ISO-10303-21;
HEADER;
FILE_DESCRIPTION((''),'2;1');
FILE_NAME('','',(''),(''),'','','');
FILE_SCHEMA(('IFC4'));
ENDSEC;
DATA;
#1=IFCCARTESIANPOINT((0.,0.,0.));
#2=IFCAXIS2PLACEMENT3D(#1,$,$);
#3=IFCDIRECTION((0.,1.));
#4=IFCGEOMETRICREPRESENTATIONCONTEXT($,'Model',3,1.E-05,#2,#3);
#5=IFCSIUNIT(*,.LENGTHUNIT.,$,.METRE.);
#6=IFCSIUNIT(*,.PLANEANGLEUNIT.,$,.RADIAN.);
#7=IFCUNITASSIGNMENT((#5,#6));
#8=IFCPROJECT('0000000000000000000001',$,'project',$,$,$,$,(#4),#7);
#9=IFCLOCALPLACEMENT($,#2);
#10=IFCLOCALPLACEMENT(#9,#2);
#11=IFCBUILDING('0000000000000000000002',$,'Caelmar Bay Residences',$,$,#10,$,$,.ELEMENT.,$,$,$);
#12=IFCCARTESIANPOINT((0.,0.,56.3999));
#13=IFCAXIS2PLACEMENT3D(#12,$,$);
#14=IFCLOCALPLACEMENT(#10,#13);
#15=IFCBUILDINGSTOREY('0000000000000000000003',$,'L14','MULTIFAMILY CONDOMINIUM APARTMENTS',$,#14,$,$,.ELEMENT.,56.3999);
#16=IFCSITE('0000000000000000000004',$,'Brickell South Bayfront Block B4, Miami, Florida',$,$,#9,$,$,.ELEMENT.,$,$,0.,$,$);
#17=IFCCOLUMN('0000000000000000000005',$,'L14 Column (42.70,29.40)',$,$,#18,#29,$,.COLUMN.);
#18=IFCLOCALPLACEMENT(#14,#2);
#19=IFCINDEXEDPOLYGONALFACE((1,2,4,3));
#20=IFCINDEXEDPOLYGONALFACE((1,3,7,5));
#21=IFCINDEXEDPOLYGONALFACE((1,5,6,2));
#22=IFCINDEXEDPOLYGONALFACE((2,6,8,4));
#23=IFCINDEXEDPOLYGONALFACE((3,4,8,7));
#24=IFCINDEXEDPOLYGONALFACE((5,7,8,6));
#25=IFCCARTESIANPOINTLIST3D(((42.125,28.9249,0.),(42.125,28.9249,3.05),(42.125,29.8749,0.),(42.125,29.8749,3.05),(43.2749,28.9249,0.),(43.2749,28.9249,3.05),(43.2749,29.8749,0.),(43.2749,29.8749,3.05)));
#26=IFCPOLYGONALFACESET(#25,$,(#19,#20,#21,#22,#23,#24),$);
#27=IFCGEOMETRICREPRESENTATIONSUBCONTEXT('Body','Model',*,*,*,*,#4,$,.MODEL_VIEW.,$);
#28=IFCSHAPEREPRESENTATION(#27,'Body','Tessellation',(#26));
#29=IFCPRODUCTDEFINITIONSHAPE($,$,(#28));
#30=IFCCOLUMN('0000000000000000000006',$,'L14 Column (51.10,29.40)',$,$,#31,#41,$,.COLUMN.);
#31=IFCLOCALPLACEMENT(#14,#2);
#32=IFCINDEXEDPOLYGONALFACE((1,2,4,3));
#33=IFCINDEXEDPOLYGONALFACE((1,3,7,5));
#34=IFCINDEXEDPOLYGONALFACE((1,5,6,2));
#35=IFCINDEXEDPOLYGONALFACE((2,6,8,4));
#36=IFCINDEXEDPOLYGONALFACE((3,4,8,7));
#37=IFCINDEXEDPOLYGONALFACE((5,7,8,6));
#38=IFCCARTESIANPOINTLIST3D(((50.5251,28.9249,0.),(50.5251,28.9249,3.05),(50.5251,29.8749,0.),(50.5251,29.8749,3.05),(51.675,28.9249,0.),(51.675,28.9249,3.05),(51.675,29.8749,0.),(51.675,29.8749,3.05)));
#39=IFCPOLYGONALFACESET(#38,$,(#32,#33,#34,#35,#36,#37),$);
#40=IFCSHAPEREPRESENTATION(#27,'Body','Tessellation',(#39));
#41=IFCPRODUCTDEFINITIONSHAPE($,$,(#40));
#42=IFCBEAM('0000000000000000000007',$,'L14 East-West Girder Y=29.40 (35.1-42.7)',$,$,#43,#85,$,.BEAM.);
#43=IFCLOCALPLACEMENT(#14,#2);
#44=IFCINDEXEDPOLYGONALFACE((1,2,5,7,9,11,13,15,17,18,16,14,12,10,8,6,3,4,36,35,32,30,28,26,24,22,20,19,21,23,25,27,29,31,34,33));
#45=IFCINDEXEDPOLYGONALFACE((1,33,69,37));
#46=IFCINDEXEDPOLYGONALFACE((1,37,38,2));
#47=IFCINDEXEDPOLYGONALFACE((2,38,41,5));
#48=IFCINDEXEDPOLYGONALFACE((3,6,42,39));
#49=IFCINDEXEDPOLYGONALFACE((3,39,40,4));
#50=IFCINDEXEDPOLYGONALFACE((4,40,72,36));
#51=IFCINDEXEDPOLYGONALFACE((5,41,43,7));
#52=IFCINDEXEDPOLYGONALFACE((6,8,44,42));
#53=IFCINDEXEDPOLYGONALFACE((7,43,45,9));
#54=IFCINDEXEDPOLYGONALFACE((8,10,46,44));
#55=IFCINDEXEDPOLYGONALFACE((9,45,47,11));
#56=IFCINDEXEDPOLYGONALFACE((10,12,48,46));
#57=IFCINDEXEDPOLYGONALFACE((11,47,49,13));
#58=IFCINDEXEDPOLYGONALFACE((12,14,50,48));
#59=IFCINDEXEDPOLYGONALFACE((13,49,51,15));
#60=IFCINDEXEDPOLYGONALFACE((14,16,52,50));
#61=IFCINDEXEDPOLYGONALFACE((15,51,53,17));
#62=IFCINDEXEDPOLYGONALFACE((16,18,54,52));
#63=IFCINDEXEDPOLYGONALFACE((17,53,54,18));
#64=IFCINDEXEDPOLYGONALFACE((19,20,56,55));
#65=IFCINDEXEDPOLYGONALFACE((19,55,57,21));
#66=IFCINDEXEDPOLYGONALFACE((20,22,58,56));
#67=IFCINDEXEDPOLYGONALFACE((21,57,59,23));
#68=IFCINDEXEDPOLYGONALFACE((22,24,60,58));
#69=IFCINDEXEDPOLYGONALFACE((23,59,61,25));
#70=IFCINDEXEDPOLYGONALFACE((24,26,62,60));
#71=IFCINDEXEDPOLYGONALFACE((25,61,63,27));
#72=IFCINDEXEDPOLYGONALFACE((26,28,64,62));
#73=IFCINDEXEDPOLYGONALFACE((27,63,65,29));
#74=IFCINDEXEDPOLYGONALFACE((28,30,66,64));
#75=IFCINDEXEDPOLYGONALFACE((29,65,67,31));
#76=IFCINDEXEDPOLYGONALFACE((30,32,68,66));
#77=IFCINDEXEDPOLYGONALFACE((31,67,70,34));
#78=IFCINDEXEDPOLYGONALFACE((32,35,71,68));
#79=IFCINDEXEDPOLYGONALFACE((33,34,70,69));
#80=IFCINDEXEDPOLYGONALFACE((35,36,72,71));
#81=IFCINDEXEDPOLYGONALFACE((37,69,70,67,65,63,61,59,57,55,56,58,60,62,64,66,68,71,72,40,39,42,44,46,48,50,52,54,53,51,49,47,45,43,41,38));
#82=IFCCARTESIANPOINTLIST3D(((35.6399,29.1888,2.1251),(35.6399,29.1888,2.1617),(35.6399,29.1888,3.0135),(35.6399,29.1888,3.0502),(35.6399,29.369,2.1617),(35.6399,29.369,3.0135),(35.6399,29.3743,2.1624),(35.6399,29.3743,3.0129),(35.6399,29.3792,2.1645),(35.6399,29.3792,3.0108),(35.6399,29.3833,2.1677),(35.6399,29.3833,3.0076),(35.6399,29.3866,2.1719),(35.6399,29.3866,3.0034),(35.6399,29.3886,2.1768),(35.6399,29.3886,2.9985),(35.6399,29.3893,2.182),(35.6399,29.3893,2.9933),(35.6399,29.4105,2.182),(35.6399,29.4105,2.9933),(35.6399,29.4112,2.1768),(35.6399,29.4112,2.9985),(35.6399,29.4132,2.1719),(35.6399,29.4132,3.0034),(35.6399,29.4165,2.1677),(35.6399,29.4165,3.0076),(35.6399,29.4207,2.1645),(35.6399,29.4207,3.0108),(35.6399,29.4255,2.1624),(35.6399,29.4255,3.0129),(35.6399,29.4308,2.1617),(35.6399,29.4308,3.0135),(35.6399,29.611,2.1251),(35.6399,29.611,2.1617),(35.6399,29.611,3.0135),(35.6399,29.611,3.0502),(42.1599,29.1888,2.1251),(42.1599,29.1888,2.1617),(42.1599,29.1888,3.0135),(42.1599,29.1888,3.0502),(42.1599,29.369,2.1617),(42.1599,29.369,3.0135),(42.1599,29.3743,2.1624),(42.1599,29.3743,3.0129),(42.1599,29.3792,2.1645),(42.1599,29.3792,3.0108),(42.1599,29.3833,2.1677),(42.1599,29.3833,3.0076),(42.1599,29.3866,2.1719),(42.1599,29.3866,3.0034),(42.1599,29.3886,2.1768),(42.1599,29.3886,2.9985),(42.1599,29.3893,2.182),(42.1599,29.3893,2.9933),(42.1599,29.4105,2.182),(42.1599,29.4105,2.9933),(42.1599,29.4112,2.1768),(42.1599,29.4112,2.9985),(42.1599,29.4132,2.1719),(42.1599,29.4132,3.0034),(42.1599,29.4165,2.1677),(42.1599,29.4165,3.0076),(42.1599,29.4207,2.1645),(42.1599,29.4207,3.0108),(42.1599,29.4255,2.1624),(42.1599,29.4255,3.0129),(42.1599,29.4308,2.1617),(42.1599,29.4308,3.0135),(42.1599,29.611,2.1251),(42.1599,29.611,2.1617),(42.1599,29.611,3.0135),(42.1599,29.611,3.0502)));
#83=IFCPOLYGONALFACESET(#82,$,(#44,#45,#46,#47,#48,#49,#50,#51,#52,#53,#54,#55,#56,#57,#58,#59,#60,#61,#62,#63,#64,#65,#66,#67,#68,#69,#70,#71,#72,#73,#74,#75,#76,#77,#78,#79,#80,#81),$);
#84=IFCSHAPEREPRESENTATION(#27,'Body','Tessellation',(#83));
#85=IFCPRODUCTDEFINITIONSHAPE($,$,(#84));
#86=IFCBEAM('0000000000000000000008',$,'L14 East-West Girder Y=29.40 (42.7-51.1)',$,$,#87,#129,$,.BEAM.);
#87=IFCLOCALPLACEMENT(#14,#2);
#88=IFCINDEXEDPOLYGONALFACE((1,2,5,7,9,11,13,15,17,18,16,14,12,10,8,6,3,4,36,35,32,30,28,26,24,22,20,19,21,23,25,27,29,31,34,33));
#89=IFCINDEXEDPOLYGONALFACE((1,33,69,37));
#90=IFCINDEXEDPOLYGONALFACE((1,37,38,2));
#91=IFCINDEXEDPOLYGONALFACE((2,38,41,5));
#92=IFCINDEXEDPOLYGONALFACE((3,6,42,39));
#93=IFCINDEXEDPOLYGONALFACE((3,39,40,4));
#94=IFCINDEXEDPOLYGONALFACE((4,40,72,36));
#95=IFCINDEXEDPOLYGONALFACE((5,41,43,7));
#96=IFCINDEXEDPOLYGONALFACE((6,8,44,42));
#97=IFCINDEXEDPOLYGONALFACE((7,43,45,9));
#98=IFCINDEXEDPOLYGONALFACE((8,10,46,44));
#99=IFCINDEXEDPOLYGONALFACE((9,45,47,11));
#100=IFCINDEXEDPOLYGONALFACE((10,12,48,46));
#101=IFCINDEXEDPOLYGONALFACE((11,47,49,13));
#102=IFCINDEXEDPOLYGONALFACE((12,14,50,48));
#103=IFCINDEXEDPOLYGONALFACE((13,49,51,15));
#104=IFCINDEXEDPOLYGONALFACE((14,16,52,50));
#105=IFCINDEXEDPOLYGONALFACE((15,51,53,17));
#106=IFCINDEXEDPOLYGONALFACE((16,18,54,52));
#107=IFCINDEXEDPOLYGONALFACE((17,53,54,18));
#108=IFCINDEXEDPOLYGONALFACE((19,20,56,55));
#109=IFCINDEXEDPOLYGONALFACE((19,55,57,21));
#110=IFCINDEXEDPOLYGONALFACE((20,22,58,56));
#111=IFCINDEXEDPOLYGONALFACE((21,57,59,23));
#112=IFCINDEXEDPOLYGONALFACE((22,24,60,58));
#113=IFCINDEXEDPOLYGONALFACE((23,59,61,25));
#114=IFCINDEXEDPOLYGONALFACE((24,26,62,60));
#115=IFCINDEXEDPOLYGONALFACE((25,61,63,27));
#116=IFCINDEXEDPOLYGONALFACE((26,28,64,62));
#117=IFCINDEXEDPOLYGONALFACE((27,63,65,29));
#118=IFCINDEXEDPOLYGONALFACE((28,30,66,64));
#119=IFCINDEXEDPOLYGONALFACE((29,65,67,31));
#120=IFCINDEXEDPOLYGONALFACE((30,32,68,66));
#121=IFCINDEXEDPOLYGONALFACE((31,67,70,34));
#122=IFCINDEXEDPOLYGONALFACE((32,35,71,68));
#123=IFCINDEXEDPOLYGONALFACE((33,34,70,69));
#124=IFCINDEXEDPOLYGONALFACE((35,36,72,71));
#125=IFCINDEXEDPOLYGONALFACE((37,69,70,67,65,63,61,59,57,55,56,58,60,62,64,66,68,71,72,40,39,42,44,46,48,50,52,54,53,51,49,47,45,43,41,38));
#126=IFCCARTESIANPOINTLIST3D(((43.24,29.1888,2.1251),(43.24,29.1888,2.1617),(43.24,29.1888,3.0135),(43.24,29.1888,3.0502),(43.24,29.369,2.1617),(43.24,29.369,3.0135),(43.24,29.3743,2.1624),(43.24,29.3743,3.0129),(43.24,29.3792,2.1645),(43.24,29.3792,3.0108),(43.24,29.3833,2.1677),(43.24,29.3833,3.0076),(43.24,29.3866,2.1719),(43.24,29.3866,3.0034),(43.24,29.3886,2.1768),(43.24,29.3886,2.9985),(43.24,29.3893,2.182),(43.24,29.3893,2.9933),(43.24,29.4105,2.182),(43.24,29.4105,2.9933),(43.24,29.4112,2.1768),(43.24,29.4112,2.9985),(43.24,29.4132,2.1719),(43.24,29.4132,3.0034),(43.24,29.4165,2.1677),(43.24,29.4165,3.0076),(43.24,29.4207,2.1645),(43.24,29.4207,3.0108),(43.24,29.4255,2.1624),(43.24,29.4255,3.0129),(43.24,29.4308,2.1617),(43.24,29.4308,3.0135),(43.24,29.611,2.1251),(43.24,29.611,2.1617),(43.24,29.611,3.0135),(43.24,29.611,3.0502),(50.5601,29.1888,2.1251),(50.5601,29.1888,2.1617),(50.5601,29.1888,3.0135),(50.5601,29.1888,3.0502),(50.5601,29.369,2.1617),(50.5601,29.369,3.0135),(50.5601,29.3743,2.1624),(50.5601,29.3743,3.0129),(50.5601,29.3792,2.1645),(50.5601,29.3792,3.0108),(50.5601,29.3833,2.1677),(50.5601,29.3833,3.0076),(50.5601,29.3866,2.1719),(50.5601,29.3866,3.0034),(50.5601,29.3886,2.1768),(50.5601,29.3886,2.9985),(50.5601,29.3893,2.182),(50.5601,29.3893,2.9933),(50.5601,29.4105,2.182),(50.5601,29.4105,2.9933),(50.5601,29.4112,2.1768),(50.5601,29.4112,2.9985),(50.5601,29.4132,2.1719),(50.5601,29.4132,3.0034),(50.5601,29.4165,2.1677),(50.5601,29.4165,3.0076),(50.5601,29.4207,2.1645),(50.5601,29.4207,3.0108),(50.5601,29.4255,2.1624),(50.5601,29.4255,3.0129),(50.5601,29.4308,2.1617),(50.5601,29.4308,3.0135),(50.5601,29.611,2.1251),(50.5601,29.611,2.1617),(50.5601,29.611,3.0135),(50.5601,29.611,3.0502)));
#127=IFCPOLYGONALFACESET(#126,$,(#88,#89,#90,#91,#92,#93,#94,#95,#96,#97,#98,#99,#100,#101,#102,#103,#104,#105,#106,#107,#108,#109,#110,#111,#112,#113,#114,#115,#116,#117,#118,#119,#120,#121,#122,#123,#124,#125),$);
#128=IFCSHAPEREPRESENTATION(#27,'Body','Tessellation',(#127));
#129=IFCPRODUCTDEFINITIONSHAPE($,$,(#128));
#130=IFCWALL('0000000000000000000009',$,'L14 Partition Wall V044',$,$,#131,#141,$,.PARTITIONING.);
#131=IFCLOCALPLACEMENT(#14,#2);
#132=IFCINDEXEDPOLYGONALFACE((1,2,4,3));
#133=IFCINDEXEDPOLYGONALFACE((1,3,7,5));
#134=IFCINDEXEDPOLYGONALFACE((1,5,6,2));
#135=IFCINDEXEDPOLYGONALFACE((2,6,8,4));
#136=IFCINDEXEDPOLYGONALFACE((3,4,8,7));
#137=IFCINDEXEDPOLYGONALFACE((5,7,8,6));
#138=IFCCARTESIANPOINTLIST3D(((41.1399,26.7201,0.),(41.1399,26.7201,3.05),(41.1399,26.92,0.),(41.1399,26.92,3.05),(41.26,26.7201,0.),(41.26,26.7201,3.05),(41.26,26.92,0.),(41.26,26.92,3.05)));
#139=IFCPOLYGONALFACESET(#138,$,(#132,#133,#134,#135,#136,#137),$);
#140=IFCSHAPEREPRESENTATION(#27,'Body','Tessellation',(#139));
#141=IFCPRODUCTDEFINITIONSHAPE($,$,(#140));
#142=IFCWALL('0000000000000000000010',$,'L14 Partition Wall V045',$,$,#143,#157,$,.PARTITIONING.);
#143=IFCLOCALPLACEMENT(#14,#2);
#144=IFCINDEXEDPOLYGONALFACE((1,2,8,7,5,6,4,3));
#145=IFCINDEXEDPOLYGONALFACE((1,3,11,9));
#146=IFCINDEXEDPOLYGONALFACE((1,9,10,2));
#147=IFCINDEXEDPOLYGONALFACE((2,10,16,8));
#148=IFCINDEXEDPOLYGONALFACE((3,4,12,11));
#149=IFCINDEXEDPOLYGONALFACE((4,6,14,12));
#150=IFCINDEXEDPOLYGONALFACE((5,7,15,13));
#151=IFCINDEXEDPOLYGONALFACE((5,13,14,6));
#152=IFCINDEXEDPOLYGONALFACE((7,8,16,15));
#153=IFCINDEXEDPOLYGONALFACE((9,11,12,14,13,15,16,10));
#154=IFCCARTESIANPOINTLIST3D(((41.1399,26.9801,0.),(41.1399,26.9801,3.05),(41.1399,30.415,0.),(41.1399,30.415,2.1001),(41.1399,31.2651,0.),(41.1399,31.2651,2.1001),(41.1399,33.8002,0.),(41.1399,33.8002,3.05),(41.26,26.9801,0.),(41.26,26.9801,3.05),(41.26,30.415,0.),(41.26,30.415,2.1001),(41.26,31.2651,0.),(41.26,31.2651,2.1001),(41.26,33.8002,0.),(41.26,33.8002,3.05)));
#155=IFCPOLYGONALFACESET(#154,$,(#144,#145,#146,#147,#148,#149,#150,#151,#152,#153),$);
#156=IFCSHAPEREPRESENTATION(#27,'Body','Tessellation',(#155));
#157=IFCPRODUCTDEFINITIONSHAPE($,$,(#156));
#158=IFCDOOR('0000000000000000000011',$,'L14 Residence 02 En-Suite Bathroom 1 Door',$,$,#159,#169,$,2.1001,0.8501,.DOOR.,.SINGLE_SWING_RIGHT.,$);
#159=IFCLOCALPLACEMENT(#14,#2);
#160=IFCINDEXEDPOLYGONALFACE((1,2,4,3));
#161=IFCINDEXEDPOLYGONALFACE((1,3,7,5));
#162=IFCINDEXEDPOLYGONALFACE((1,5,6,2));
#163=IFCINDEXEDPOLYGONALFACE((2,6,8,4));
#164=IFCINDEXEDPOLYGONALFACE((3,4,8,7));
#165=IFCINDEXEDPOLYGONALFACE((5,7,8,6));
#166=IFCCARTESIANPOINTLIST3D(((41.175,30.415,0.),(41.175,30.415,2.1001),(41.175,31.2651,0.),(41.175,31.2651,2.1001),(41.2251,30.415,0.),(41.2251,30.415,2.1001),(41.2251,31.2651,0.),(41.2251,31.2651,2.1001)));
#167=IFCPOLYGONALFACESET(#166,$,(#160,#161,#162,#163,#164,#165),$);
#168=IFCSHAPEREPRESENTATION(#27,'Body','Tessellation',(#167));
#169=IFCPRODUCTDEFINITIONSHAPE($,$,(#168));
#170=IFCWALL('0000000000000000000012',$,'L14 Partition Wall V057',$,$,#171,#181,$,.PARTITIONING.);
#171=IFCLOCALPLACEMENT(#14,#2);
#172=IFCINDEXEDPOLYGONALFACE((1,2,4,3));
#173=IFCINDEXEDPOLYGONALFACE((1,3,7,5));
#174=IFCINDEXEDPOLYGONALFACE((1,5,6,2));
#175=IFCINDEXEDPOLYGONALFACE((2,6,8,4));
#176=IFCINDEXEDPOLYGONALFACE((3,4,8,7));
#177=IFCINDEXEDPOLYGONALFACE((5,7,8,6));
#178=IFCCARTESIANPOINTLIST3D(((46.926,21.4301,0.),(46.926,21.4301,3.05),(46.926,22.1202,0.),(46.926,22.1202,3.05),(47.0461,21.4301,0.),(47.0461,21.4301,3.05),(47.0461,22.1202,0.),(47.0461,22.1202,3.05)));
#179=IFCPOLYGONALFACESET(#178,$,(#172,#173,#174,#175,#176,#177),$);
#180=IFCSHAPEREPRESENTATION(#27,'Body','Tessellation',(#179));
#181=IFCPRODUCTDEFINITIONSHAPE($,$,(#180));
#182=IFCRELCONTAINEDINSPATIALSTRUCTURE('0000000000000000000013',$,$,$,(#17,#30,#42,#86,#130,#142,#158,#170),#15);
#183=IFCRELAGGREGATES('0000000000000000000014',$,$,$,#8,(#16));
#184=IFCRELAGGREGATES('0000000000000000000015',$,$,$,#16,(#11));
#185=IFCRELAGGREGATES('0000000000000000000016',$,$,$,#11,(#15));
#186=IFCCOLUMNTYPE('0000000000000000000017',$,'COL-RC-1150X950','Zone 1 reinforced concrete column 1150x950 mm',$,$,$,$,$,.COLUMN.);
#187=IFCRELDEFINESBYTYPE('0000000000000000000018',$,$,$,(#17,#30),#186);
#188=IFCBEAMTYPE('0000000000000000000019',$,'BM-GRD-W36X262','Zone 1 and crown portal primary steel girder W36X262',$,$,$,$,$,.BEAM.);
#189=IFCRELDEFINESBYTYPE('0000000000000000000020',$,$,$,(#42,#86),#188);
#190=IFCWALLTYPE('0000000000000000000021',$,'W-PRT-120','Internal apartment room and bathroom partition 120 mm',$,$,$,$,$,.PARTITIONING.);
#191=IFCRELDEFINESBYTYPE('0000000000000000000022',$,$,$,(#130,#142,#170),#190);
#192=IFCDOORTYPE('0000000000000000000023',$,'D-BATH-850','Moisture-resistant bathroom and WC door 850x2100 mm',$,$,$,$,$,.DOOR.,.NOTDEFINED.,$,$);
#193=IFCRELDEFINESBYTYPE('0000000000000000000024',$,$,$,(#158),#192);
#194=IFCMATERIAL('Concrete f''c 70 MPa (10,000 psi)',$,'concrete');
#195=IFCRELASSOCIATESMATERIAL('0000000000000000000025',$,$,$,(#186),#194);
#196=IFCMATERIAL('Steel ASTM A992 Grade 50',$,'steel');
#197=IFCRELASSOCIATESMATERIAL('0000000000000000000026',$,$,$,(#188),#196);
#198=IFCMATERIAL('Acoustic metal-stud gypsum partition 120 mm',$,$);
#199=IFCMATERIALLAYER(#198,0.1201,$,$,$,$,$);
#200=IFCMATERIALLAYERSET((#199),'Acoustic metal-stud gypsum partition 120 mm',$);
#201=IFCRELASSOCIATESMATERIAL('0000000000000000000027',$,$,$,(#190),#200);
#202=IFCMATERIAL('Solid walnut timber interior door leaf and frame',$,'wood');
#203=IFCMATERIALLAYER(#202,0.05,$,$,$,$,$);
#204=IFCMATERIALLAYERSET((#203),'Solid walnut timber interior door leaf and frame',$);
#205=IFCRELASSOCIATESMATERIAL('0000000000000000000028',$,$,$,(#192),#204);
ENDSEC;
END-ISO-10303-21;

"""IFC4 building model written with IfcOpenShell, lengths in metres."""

from ifc_helpers import new_model, si_unit, direction, frame, frame_2d, origin, origin_2d, place, context, subcontext, project, spatial, rectangle, i_section, extrude, material, layer, layer_set, material_profile, profile_set, type_object, element, fill, save


model = new_model("IFC4")

# Units and contexts
model_context = context("Model", 3, precision=1e-05, world=origin(), true_north=direction((0.0, 1.0)))
body_context = subcontext(model_context, "Body", "Model", "MODEL_VIEW")
ifc_project = project(units=[si_unit("LENGTHUNIT", "METRE"), si_unit("PLANEANGLEUNIT", "RADIAN")], contexts=[model_context])

# Site, building, storey
site_placement = place(None, origin())
site = spatial("IfcSite", under=ifc_project, at=site_placement, Name="Brickell South Bayfront Block B4, Miami, Florida", CompositionType="ELEMENT", RefElevation=0.0)
building_placement = place(site_placement, origin())
building = spatial("IfcBuilding", under=site, at=building_placement, Name="Caelmar Bay Residences", CompositionType="ELEMENT")
storey_placement = place(building_placement, frame((0.0, 0.0, 56.3999)))
storey = spatial("IfcBuildingStorey", under=building, at=storey_placement, Name="L14", Description="MULTIFAMILY CONDOMINIUM APARTMENTS", CompositionType="ELEMENT", Elevation=56.3999)

# Columns
ifc_material_1 = material(Name="Concrete f'c 70 MPa (10,000 psi)", Category="concrete")
ifc_material_profile_1 = material_profile(ifc_material_1, rectangle(XDim=1.1499, YDim=0.95, at=origin_2d()), Name="RC-COL-1150X950")
ifc_profile_set_1 = profile_set([ifc_material_profile_1], Name="Concrete f'c 70 MPa (10,000 psi)")
column_type = type_object("IfcColumnType", Name="COL-RC-1150X950", Description="Zone 1 reinforced concrete column 1150x950 mm", PredefinedType="COLUMN", material=ifc_profile_set_1)
for number, where, z_axis, x_axis, name in (
    (1, (42.7, 29.3999, 0.0), (0.0, 0.0, 1.0), (1.0, 0.0, 0.0), "L14 Column (42.70,29.40)"),
    (2, (51.1001, 29.3999, 0.0), (0.0, 0.0, 1.0), (1.0, 0.0, 0.0), "L14 Column (51.10,29.40)"),
):
    element("IfcColumn", number, at=place(storey_placement, frame(where, z_axis=z_axis, x_axis=x_axis)), inside=storey, type_object=column_type, Name=name, PredefinedType="COLUMN", context=body_context, shape_type="SweptSolid", body=[
        extrude(rectangle(XDim=1.1499, YDim=0.95, at=origin_2d()), origin(), (0.0, 0.0, 1.0), 3.05),
    ])

# Beams
ifc_material_2 = material(Name="Steel ASTM A992 Grade 50", Category="steel")
ifc_material_profile_2 = material_profile(ifc_material_2, i_section(OverallWidth=0.4221, OverallDepth=0.925, WebThickness=0.0212, FlangeThickness=0.0366, FilletRadius=0.0203, at=origin_2d()), Name="W36X262")
ifc_profile_set_2 = profile_set([ifc_material_profile_2], Name="Steel ASTM A992 Grade 50")
beam_type = type_object("IfcBeamType", Name="BM-GRD-W36X262", Description="Zone 1 and crown portal primary steel girder W36X262", PredefinedType="BEAM", material=ifc_profile_set_2)
beam_1_placement = place(storey_placement, frame((35.6399, 29.3999, 2.5876), z_axis=(1.0, 0.0, 0.0), x_axis=(0.0, 1.0, 0.0)))
element("IfcBeam", 3, at=beam_1_placement, inside=storey, type_object=beam_type, Name="L14 East-West Girder Y=29.40 (35.1-42.7)", PredefinedType="BEAM", context=body_context, shape_type="SweptSolid", body=[
    extrude(i_section(OverallWidth=0.4221, OverallDepth=0.925, WebThickness=0.0212, FlangeThickness=0.0366, FilletRadius=0.0203, at=origin_2d()), origin(), (0.0, 0.0, 1.0), 6.52),
])
beam_2_placement = place(storey_placement, frame((43.24, 29.3999, 2.5876), z_axis=(1.0, 0.0, 0.0), x_axis=(0.0, 1.0, 0.0)))
element("IfcBeam", 4, at=beam_2_placement, inside=storey, type_object=beam_type, Name="L14 East-West Girder Y=29.40 (42.7-51.1)", PredefinedType="BEAM", context=body_context, shape_type="SweptSolid", body=[
    extrude(i_section(OverallWidth=0.4221, OverallDepth=0.925, WebThickness=0.0212, FlangeThickness=0.0366, FilletRadius=0.0203, at=origin_2d()), origin(), (0.0, 0.0, 1.0), 7.3201),
])

# Wall
ifc_material_3 = material(Name="Acoustic metal-stud gypsum partition 120 mm")
ifc_layer_1 = layer(ifc_material_3, 0.1201)
ifc_layer_set_1 = layer_set([ifc_layer_1], Name="Acoustic metal-stud gypsum partition 120 mm")
wall_type_1 = type_object("IfcWallType", Name="W-PRT-120", Description="Internal apartment room and bathroom partition 120 mm", PredefinedType="PARTITIONING", material=ifc_layer_set_1)
wall_1_placement = place(storey_placement, frame((41.2, 26.72, 0.0), z_axis=(0.0, 0.0, 1.0), x_axis=(0.0, 1.0, 0.0)))
element("IfcWall", 5, at=wall_1_placement, inside=storey, type_object=wall_type_1, Name="L14 Partition Wall V044", PredefinedType="PARTITIONING", context=body_context, shape_type="SweptSolid", body=[
    extrude(rectangle(XDim=0.2, YDim=0.1201, at=frame_2d((0.1001, 0.0))), origin(), (0.0, 0.0, 1.0), 3.05),
])

# Wall, opening, door
wall_2_placement = place(storey_placement, frame((41.2, 26.98, 0.0), z_axis=(0.0, 0.0, 1.0), x_axis=(0.0, 1.0, 0.0)))
wall_2 = element("IfcWall", 6, at=wall_2_placement, inside=storey, type_object=wall_type_1, Name="L14 Partition Wall V045", PredefinedType="PARTITIONING", context=body_context, shape_type="SweptSolid", body=[
    extrude(rectangle(XDim=6.8201, YDim=0.1201, at=frame_2d((3.4102, 0.0))), origin(), (0.0, 0.0, 1.0), 3.05),
])
opening_1_placement = place(wall_2_placement, frame((3.4351, 0.0, 0.0)))
opening_1 = element("IfcOpeningElement", 7, at=opening_1_placement, cuts=wall_2, PredefinedType="OPENING", context=body_context, shape_type="SweptSolid", body=[
    extrude(rectangle(XDim=0.8501, YDim=2.1001, at=frame_2d((0.425, 1.05))), frame((0.0, 0.0701, 0.0), z_axis=(0.0, -1.0, 0.0), x_axis=(1.0, 0.0, 0.0)), (0.0, 0.0, 1.0), 0.1401),
])
ifc_material_4 = material(Name="Solid walnut timber interior door leaf and frame", Category="wood")
ifc_layer_2 = layer(ifc_material_4, 0.05)
ifc_layer_set_2 = layer_set([ifc_layer_2], Name="Solid walnut timber interior door leaf and frame")
door_type_1 = type_object("IfcDoorType", Name="D-BATH-850", Description="Moisture-resistant bathroom and WC door 850x2100 mm", OperationType="NOTDEFINED", PredefinedType="DOOR", material=ifc_layer_set_2)
door_1_placement = place(opening_1_placement, origin())
door_1 = element("IfcDoor", 8, at=door_1_placement, inside=storey, type_object=door_type_1, Name="L14 Residence 02 En-Suite Bathroom 1 Door", OperationType="SINGLE_SWING_RIGHT", OverallHeight=2.1001, OverallWidth=0.8501, PredefinedType="DOOR", context=body_context, shape_type="SweptSolid", body=[
    extrude(rectangle(XDim=0.8501, YDim=2.1001, at=frame_2d((0.425, 1.05))), frame((0.0, 0.0249, 0.0), z_axis=(0.0, -1.0, 0.0), x_axis=(1.0, 0.0, 0.0)), (0.0, 0.0, 1.0), 0.05),
])
fill(opening_1, door_1)

# Wall
wall_3_placement = place(storey_placement, frame((46.9861, 21.4299, 0.0), z_axis=(0.0, 0.0, 1.0), x_axis=(0.0, 1.0, 0.0)))
element("IfcWall", 9, at=wall_3_placement, inside=storey, type_object=wall_type_1, Name="L14 Partition Wall V057", PredefinedType="PARTITIONING", context=body_context, shape_type="SweptSolid", body=[
    extrude(rectangle(XDim=0.6902, YDim=0.1201, at=frame_2d((0.3452, 0.0))), origin(), (0.0, 0.0, 1.0), 3.05),
])

save(model, "model.ifc")
